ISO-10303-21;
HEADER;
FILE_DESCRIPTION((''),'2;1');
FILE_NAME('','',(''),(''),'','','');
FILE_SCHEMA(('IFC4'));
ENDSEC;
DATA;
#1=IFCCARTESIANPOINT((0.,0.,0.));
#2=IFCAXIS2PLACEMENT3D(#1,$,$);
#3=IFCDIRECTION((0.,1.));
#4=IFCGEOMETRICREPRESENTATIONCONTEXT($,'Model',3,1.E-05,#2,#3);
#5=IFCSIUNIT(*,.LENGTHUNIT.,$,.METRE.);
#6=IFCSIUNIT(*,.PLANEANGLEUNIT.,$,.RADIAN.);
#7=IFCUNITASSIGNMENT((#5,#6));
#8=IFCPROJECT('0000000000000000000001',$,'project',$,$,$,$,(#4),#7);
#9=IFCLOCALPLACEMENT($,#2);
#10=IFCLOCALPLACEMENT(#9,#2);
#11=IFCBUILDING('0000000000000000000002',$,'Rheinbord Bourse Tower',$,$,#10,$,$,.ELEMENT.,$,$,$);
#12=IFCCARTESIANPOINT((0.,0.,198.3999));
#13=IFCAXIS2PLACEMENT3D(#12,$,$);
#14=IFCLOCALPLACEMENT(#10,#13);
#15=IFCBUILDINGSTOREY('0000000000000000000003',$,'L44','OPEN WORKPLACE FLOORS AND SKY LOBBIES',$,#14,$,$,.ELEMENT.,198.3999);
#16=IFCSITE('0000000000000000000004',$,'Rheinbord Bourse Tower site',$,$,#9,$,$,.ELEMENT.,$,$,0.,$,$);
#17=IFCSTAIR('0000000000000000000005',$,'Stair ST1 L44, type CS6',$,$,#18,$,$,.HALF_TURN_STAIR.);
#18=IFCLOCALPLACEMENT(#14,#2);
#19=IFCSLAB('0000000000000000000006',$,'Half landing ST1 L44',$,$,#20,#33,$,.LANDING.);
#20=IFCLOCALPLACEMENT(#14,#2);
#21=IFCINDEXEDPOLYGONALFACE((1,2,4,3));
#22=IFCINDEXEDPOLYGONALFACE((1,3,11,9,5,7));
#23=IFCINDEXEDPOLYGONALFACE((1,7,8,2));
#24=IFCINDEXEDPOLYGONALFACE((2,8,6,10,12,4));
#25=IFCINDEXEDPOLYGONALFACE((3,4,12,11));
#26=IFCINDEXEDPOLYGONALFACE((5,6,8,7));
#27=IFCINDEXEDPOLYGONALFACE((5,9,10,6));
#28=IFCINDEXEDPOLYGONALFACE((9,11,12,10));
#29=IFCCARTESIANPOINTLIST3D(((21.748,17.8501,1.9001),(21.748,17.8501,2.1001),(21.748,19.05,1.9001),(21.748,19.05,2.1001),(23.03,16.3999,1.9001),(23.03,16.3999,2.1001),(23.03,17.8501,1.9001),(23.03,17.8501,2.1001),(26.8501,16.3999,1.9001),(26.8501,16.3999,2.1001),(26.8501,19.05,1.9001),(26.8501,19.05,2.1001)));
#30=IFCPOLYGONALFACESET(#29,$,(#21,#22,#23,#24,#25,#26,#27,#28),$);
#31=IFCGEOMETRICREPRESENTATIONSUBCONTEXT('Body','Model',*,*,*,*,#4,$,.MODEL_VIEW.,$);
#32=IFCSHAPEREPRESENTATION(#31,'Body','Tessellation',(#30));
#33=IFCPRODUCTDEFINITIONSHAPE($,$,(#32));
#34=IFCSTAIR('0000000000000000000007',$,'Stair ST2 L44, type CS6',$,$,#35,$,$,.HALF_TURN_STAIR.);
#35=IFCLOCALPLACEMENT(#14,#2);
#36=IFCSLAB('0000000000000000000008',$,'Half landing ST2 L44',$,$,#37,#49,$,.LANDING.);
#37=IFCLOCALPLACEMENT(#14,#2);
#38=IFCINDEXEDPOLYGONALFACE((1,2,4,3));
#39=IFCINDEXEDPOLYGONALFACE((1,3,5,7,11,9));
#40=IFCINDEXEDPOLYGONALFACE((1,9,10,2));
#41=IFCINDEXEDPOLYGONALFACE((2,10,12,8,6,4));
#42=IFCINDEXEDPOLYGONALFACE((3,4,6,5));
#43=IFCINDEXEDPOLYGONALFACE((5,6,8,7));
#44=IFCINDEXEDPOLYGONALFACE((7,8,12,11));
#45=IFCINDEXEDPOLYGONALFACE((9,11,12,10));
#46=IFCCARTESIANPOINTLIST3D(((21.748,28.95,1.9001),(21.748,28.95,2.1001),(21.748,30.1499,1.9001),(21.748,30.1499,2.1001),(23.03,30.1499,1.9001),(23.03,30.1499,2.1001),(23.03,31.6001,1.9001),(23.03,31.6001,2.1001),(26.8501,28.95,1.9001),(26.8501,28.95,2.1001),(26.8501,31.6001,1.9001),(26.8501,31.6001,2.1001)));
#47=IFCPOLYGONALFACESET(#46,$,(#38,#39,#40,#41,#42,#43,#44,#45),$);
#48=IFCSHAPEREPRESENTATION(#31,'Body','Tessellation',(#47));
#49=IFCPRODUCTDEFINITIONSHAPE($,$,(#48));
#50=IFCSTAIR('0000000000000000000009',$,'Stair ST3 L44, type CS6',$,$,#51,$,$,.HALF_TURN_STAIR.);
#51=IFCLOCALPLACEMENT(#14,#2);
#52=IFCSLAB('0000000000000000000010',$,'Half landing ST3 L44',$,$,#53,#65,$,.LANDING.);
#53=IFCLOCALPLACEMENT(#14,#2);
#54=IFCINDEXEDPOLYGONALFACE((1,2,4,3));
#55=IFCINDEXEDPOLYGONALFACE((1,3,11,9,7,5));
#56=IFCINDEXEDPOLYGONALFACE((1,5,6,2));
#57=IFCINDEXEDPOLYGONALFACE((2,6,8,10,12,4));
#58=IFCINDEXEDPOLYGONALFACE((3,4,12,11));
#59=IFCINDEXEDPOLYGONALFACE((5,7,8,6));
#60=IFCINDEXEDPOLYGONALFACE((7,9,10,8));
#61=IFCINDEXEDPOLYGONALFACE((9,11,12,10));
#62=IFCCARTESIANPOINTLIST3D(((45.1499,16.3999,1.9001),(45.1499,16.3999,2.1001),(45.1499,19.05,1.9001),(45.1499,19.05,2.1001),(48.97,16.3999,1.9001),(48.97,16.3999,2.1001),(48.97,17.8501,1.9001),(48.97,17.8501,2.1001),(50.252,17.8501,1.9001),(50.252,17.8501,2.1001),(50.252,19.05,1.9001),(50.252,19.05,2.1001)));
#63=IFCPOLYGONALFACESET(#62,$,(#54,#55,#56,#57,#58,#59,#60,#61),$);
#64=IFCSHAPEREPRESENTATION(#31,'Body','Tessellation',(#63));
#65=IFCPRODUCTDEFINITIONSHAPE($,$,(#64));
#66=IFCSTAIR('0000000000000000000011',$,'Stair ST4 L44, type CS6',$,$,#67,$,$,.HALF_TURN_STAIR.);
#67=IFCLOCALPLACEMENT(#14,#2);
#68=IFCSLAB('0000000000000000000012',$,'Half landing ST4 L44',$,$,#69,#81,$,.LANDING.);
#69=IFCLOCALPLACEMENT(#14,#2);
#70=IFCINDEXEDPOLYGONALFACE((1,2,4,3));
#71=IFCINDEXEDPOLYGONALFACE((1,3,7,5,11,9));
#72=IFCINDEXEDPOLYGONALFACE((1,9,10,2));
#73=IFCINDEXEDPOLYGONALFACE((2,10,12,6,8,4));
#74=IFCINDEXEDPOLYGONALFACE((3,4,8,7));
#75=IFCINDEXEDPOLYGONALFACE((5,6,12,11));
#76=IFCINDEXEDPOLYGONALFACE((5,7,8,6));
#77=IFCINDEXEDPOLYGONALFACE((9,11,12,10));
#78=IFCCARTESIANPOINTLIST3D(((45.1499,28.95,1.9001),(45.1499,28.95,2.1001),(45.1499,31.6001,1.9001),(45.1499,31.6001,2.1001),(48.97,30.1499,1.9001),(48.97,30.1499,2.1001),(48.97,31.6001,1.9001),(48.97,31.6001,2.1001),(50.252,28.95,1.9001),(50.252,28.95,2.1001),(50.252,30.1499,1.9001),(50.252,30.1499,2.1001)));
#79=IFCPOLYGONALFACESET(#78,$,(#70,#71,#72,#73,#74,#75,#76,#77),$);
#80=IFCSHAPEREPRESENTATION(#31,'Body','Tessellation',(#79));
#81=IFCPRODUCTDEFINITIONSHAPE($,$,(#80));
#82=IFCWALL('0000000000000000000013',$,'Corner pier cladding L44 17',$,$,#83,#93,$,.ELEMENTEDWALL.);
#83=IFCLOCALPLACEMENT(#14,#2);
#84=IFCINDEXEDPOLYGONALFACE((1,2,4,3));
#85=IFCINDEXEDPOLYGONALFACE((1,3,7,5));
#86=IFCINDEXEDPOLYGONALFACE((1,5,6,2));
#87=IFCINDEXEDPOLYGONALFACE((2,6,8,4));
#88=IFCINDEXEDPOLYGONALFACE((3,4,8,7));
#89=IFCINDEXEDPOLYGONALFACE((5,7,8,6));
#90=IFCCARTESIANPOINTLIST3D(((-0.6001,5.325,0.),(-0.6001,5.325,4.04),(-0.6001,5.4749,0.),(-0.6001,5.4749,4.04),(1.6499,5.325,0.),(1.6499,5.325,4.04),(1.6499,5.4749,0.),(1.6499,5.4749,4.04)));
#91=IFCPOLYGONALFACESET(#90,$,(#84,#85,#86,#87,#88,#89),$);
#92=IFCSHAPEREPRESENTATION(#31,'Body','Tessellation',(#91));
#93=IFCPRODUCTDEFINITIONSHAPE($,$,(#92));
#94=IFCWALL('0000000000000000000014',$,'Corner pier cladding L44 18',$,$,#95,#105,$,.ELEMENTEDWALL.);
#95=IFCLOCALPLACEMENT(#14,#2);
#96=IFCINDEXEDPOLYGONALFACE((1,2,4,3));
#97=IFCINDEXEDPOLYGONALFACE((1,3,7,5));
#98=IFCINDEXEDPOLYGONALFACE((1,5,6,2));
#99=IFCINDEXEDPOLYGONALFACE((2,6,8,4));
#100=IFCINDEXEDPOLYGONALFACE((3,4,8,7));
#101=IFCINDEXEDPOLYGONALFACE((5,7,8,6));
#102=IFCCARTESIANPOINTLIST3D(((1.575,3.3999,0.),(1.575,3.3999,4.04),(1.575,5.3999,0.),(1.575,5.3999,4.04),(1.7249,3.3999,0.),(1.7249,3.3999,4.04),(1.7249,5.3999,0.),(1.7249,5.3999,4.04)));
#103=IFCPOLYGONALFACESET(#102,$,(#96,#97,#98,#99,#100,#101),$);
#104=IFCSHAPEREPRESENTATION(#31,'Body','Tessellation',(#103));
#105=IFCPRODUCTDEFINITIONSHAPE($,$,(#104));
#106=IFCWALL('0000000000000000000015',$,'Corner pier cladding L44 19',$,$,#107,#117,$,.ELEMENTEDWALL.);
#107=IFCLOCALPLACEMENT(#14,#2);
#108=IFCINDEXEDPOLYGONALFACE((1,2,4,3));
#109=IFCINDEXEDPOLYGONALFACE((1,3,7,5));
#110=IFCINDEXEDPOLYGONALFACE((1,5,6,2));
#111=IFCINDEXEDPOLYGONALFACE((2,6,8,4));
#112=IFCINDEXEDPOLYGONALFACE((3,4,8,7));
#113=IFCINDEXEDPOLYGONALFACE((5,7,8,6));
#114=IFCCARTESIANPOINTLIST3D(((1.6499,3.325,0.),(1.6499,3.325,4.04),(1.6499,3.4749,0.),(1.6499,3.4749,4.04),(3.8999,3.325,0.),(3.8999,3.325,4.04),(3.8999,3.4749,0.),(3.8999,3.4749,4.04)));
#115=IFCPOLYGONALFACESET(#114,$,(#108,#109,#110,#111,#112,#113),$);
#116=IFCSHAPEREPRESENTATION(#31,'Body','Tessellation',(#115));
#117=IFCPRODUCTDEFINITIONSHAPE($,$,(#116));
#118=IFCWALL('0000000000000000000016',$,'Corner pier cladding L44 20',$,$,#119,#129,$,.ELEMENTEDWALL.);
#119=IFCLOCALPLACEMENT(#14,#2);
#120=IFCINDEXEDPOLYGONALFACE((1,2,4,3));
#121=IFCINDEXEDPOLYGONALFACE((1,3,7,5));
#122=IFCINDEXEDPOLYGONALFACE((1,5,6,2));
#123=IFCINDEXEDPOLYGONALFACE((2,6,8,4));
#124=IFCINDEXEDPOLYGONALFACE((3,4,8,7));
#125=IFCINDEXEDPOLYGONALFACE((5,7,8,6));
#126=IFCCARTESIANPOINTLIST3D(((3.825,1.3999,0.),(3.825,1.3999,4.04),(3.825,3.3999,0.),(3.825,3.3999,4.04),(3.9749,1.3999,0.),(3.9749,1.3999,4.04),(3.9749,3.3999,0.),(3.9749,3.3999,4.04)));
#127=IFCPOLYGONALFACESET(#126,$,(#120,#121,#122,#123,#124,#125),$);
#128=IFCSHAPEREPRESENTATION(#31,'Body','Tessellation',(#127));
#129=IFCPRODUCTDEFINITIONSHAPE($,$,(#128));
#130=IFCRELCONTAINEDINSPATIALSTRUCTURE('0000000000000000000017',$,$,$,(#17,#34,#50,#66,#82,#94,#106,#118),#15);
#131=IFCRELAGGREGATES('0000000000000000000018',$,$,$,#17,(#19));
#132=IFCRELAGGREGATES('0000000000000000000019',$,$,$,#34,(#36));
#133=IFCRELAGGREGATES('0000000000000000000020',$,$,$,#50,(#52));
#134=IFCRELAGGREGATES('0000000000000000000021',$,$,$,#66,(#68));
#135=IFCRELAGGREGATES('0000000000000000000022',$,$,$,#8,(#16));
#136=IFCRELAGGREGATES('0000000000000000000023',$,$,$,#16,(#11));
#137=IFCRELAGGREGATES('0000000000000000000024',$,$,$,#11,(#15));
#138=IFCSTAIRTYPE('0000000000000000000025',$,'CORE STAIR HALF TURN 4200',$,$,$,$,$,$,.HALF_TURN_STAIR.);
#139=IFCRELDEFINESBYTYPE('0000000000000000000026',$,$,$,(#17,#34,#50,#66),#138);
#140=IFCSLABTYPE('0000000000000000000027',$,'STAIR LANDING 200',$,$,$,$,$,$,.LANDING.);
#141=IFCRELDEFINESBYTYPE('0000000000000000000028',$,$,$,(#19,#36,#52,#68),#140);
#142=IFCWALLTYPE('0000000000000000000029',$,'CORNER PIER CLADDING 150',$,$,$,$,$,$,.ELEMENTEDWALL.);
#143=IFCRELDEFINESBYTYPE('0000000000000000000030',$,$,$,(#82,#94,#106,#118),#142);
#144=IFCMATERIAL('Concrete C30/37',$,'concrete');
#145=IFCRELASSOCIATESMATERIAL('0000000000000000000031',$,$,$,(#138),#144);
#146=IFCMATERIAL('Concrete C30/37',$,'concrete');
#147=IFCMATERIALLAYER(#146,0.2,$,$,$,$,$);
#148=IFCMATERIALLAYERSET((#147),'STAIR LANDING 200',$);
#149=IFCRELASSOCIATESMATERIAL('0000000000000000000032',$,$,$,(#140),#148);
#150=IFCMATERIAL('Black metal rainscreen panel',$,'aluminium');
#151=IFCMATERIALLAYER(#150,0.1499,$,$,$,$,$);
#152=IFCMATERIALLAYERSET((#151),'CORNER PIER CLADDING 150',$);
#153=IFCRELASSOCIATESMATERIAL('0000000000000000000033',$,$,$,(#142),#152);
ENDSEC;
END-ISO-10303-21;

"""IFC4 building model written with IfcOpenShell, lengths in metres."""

from ifc_helpers import new_model, si_unit, direction, frame, frame_2d, origin, place, context, subcontext, project, spatial, polyline, rectangle, outline, extrude, material, layer, layer_set, type_object, element, aggregate, save


model = new_model("IFC4")

# Units and contexts
model_context = context("Model", 3, precision=1e-05, world=origin(), true_north=direction((0.0, 1.0)))
body_context = subcontext(model_context, "Body", "Model", "MODEL_VIEW")
ifc_project = project(units=[si_unit("LENGTHUNIT", "METRE"), si_unit("PLANEANGLEUNIT", "RADIAN")], contexts=[model_context])

# Site, building, storey
site_placement = place(None, origin())
site = spatial("IfcSite", under=ifc_project, at=site_placement, Name="Rheinbord Bourse Tower site", CompositionType="ELEMENT", RefElevation=0.0)
building_placement = place(site_placement, origin())
building = spatial("IfcBuilding", under=site, at=building_placement, Name="Rheinbord Bourse Tower", CompositionType="ELEMENT")
storey_placement = place(building_placement, frame((0.0, 0.0, 198.3999)))
storey = spatial("IfcBuildingStorey", under=building, at=storey_placement, Name="L44", Description="OPEN WORKPLACE FLOORS AND SKY LOBBIES", CompositionType="ELEMENT", Elevation=198.3999)

# Stairs, slabs
ifc_material_1 = material(Name="Concrete C30/37", Category="concrete")
stair_type = type_object("IfcStairType", Name="CORE STAIR HALF TURN 4200", PredefinedType="HALF_TURN_STAIR", material=ifc_material_1)
stair_1_placement = place(storey_placement, origin())
stair_1 = element("IfcStair", 1, at=stair_1_placement, inside=storey, type_object=stair_type, Name="Stair ST1 L44, type CS6", PredefinedType="HALF_TURN_STAIR")
ifc_material_2 = material(Name="Concrete C30/37", Category="concrete")
ifc_layer_1 = layer(ifc_material_2, 0.2)
ifc_layer_set_1 = layer_set([ifc_layer_1], Name="STAIR LANDING 200")
slab_type_1 = type_object("IfcSlabType", Name="STAIR LANDING 200", PredefinedType="LANDING", material=ifc_layer_set_1)
slab_1_placement = place(storey_placement, frame((0.0, 0.0, 1.9001)))
slab_1 = element("IfcSlab", 2, at=slab_1_placement, type_object=slab_type_1, Name="Half landing ST1 L44", PredefinedType="LANDING", context=body_context, shape_type="SweptSolid", body=[
    extrude(outline(polyline([(23.03, 16.3999), (26.8501, 16.3999), (26.8501, 19.05), (21.748, 19.05), (21.748, 17.8501), (23.03, 17.8501), (23.03, 16.3999)])), origin(), (0.0, 0.0, 1.0), 0.2),
])
aggregate(stair_1, [slab_1])
stair_2_placement = place(storey_placement, origin())
stair_2 = element("IfcStair", 3, at=stair_2_placement, inside=storey, type_object=stair_type, Name="Stair ST2 L44, type CS6", PredefinedType="HALF_TURN_STAIR")
slab_2_placement = place(storey_placement, frame((0.0, 0.0, 1.9001)))
slab_2 = element("IfcSlab", 4, at=slab_2_placement, type_object=slab_type_1, Name="Half landing ST2 L44", PredefinedType="LANDING", context=body_context, shape_type="SweptSolid", body=[
    extrude(outline(polyline([(21.748, 28.95), (26.8501, 28.95), (26.8501, 31.6001), (23.03, 31.6001), (23.03, 30.1499), (21.748, 30.1499), (21.748, 28.95)])), origin(), (0.0, 0.0, 1.0), 0.2),
])
aggregate(stair_2, [slab_2])
stair_3_placement = place(storey_placement, origin())
stair_3 = element("IfcStair", 5, at=stair_3_placement, inside=storey, type_object=stair_type, Name="Stair ST3 L44, type CS6", PredefinedType="HALF_TURN_STAIR")
slab_3_placement = place(storey_placement, frame((0.0, 0.0, 1.9001)))
slab_3 = element("IfcSlab", 6, at=slab_3_placement, type_object=slab_type_1, Name="Half landing ST3 L44", PredefinedType="LANDING", context=body_context, shape_type="SweptSolid", body=[
    extrude(outline(polyline([(45.1499, 16.3999), (48.97, 16.3999), (48.97, 17.8501), (50.252, 17.8501), (50.252, 19.05), (45.1499, 19.05), (45.1499, 16.3999)])), origin(), (0.0, 0.0, 1.0), 0.2),
])
aggregate(stair_3, [slab_3])
stair_4_placement = place(storey_placement, origin())
stair_4 = element("IfcStair", 7, at=stair_4_placement, inside=storey, type_object=stair_type, Name="Stair ST4 L44, type CS6", PredefinedType="HALF_TURN_STAIR")
slab_4_placement = place(storey_placement, frame((0.0, 0.0, 1.9001)))
slab_4 = element("IfcSlab", 8, at=slab_4_placement, type_object=slab_type_1, Name="Half landing ST4 L44", PredefinedType="LANDING", context=body_context, shape_type="SweptSolid", body=[
    extrude(outline(polyline([(45.1499, 28.95), (50.252, 28.95), (50.252, 30.1499), (48.97, 30.1499), (48.97, 31.6001), (45.1499, 31.6001), (45.1499, 28.95)])), origin(), (0.0, 0.0, 1.0), 0.2),
])
aggregate(stair_4, [slab_4])

# Walls
ifc_material_3 = material(Name="Black metal rainscreen panel", Category="aluminium")
ifc_layer_2 = layer(ifc_material_3, 0.1499)
ifc_layer_set_2 = layer_set([ifc_layer_2], Name="CORNER PIER CLADDING 150")
wall_type = type_object("IfcWallType", Name="CORNER PIER CLADDING 150", PredefinedType="ELEMENTEDWALL", material=ifc_layer_set_2)
wall_1_placement = place(storey_placement, frame((-0.6001, 5.3999, 0.0), z_axis=(0.0, 0.0, 1.0), x_axis=(1.0, 0.0, 0.0)))
element("IfcWall", 9, at=wall_1_placement, inside=storey, type_object=wall_type, Name="Corner pier cladding L44 17", PredefinedType="ELEMENTEDWALL", context=body_context, shape_type="SweptSolid", body=[
    extrude(rectangle(XDim=2.25, YDim=0.1499, at=frame_2d((1.125, 0.0))), origin(), (0.0, 0.0, 1.0), 4.04),
])
wall_2_placement = place(storey_placement, frame((1.6499, 5.3999, 0.0), z_axis=(0.0, 0.0, 1.0), x_axis=(0.0, -1.0, 0.0)))
element("IfcWall", 10, at=wall_2_placement, inside=storey, type_object=wall_type, Name="Corner pier cladding L44 18", PredefinedType="ELEMENTEDWALL", context=body_context, shape_type="SweptSolid", body=[
    extrude(rectangle(XDim=2.0, YDim=0.1499, at=frame_2d((1.0, 0.0))), origin(), (0.0, 0.0, 1.0), 4.04),
])
wall_3_placement = place(storey_placement, frame((1.6499, 3.3999, 0.0), z_axis=(0.0, 0.0, 1.0), x_axis=(1.0, 0.0, 0.0)))
element("IfcWall", 11, at=wall_3_placement, inside=storey, type_object=wall_type, Name="Corner pier cladding L44 19", PredefinedType="ELEMENTEDWALL", context=body_context, shape_type="SweptSolid", body=[
    extrude(rectangle(XDim=2.25, YDim=0.1499, at=frame_2d((1.125, 0.0))), origin(), (0.0, 0.0, 1.0), 4.04),
])
wall_4_placement = place(storey_placement, frame((3.8999, 3.3999, 0.0), z_axis=(0.0, 0.0, 1.0), x_axis=(0.0, -1.0, 0.0)))
element("IfcWall", 12, at=wall_4_placement, inside=storey, type_object=wall_type, Name="Corner pier cladding L44 20", PredefinedType="ELEMENTEDWALL", context=body_context, shape_type="SweptSolid", body=[
    extrude(rectangle(XDim=2.0, YDim=0.1499, at=frame_2d((1.0, 0.0))), origin(), (0.0, 0.0, 1.0), 4.04),
])

save(model, "model.ifc")
